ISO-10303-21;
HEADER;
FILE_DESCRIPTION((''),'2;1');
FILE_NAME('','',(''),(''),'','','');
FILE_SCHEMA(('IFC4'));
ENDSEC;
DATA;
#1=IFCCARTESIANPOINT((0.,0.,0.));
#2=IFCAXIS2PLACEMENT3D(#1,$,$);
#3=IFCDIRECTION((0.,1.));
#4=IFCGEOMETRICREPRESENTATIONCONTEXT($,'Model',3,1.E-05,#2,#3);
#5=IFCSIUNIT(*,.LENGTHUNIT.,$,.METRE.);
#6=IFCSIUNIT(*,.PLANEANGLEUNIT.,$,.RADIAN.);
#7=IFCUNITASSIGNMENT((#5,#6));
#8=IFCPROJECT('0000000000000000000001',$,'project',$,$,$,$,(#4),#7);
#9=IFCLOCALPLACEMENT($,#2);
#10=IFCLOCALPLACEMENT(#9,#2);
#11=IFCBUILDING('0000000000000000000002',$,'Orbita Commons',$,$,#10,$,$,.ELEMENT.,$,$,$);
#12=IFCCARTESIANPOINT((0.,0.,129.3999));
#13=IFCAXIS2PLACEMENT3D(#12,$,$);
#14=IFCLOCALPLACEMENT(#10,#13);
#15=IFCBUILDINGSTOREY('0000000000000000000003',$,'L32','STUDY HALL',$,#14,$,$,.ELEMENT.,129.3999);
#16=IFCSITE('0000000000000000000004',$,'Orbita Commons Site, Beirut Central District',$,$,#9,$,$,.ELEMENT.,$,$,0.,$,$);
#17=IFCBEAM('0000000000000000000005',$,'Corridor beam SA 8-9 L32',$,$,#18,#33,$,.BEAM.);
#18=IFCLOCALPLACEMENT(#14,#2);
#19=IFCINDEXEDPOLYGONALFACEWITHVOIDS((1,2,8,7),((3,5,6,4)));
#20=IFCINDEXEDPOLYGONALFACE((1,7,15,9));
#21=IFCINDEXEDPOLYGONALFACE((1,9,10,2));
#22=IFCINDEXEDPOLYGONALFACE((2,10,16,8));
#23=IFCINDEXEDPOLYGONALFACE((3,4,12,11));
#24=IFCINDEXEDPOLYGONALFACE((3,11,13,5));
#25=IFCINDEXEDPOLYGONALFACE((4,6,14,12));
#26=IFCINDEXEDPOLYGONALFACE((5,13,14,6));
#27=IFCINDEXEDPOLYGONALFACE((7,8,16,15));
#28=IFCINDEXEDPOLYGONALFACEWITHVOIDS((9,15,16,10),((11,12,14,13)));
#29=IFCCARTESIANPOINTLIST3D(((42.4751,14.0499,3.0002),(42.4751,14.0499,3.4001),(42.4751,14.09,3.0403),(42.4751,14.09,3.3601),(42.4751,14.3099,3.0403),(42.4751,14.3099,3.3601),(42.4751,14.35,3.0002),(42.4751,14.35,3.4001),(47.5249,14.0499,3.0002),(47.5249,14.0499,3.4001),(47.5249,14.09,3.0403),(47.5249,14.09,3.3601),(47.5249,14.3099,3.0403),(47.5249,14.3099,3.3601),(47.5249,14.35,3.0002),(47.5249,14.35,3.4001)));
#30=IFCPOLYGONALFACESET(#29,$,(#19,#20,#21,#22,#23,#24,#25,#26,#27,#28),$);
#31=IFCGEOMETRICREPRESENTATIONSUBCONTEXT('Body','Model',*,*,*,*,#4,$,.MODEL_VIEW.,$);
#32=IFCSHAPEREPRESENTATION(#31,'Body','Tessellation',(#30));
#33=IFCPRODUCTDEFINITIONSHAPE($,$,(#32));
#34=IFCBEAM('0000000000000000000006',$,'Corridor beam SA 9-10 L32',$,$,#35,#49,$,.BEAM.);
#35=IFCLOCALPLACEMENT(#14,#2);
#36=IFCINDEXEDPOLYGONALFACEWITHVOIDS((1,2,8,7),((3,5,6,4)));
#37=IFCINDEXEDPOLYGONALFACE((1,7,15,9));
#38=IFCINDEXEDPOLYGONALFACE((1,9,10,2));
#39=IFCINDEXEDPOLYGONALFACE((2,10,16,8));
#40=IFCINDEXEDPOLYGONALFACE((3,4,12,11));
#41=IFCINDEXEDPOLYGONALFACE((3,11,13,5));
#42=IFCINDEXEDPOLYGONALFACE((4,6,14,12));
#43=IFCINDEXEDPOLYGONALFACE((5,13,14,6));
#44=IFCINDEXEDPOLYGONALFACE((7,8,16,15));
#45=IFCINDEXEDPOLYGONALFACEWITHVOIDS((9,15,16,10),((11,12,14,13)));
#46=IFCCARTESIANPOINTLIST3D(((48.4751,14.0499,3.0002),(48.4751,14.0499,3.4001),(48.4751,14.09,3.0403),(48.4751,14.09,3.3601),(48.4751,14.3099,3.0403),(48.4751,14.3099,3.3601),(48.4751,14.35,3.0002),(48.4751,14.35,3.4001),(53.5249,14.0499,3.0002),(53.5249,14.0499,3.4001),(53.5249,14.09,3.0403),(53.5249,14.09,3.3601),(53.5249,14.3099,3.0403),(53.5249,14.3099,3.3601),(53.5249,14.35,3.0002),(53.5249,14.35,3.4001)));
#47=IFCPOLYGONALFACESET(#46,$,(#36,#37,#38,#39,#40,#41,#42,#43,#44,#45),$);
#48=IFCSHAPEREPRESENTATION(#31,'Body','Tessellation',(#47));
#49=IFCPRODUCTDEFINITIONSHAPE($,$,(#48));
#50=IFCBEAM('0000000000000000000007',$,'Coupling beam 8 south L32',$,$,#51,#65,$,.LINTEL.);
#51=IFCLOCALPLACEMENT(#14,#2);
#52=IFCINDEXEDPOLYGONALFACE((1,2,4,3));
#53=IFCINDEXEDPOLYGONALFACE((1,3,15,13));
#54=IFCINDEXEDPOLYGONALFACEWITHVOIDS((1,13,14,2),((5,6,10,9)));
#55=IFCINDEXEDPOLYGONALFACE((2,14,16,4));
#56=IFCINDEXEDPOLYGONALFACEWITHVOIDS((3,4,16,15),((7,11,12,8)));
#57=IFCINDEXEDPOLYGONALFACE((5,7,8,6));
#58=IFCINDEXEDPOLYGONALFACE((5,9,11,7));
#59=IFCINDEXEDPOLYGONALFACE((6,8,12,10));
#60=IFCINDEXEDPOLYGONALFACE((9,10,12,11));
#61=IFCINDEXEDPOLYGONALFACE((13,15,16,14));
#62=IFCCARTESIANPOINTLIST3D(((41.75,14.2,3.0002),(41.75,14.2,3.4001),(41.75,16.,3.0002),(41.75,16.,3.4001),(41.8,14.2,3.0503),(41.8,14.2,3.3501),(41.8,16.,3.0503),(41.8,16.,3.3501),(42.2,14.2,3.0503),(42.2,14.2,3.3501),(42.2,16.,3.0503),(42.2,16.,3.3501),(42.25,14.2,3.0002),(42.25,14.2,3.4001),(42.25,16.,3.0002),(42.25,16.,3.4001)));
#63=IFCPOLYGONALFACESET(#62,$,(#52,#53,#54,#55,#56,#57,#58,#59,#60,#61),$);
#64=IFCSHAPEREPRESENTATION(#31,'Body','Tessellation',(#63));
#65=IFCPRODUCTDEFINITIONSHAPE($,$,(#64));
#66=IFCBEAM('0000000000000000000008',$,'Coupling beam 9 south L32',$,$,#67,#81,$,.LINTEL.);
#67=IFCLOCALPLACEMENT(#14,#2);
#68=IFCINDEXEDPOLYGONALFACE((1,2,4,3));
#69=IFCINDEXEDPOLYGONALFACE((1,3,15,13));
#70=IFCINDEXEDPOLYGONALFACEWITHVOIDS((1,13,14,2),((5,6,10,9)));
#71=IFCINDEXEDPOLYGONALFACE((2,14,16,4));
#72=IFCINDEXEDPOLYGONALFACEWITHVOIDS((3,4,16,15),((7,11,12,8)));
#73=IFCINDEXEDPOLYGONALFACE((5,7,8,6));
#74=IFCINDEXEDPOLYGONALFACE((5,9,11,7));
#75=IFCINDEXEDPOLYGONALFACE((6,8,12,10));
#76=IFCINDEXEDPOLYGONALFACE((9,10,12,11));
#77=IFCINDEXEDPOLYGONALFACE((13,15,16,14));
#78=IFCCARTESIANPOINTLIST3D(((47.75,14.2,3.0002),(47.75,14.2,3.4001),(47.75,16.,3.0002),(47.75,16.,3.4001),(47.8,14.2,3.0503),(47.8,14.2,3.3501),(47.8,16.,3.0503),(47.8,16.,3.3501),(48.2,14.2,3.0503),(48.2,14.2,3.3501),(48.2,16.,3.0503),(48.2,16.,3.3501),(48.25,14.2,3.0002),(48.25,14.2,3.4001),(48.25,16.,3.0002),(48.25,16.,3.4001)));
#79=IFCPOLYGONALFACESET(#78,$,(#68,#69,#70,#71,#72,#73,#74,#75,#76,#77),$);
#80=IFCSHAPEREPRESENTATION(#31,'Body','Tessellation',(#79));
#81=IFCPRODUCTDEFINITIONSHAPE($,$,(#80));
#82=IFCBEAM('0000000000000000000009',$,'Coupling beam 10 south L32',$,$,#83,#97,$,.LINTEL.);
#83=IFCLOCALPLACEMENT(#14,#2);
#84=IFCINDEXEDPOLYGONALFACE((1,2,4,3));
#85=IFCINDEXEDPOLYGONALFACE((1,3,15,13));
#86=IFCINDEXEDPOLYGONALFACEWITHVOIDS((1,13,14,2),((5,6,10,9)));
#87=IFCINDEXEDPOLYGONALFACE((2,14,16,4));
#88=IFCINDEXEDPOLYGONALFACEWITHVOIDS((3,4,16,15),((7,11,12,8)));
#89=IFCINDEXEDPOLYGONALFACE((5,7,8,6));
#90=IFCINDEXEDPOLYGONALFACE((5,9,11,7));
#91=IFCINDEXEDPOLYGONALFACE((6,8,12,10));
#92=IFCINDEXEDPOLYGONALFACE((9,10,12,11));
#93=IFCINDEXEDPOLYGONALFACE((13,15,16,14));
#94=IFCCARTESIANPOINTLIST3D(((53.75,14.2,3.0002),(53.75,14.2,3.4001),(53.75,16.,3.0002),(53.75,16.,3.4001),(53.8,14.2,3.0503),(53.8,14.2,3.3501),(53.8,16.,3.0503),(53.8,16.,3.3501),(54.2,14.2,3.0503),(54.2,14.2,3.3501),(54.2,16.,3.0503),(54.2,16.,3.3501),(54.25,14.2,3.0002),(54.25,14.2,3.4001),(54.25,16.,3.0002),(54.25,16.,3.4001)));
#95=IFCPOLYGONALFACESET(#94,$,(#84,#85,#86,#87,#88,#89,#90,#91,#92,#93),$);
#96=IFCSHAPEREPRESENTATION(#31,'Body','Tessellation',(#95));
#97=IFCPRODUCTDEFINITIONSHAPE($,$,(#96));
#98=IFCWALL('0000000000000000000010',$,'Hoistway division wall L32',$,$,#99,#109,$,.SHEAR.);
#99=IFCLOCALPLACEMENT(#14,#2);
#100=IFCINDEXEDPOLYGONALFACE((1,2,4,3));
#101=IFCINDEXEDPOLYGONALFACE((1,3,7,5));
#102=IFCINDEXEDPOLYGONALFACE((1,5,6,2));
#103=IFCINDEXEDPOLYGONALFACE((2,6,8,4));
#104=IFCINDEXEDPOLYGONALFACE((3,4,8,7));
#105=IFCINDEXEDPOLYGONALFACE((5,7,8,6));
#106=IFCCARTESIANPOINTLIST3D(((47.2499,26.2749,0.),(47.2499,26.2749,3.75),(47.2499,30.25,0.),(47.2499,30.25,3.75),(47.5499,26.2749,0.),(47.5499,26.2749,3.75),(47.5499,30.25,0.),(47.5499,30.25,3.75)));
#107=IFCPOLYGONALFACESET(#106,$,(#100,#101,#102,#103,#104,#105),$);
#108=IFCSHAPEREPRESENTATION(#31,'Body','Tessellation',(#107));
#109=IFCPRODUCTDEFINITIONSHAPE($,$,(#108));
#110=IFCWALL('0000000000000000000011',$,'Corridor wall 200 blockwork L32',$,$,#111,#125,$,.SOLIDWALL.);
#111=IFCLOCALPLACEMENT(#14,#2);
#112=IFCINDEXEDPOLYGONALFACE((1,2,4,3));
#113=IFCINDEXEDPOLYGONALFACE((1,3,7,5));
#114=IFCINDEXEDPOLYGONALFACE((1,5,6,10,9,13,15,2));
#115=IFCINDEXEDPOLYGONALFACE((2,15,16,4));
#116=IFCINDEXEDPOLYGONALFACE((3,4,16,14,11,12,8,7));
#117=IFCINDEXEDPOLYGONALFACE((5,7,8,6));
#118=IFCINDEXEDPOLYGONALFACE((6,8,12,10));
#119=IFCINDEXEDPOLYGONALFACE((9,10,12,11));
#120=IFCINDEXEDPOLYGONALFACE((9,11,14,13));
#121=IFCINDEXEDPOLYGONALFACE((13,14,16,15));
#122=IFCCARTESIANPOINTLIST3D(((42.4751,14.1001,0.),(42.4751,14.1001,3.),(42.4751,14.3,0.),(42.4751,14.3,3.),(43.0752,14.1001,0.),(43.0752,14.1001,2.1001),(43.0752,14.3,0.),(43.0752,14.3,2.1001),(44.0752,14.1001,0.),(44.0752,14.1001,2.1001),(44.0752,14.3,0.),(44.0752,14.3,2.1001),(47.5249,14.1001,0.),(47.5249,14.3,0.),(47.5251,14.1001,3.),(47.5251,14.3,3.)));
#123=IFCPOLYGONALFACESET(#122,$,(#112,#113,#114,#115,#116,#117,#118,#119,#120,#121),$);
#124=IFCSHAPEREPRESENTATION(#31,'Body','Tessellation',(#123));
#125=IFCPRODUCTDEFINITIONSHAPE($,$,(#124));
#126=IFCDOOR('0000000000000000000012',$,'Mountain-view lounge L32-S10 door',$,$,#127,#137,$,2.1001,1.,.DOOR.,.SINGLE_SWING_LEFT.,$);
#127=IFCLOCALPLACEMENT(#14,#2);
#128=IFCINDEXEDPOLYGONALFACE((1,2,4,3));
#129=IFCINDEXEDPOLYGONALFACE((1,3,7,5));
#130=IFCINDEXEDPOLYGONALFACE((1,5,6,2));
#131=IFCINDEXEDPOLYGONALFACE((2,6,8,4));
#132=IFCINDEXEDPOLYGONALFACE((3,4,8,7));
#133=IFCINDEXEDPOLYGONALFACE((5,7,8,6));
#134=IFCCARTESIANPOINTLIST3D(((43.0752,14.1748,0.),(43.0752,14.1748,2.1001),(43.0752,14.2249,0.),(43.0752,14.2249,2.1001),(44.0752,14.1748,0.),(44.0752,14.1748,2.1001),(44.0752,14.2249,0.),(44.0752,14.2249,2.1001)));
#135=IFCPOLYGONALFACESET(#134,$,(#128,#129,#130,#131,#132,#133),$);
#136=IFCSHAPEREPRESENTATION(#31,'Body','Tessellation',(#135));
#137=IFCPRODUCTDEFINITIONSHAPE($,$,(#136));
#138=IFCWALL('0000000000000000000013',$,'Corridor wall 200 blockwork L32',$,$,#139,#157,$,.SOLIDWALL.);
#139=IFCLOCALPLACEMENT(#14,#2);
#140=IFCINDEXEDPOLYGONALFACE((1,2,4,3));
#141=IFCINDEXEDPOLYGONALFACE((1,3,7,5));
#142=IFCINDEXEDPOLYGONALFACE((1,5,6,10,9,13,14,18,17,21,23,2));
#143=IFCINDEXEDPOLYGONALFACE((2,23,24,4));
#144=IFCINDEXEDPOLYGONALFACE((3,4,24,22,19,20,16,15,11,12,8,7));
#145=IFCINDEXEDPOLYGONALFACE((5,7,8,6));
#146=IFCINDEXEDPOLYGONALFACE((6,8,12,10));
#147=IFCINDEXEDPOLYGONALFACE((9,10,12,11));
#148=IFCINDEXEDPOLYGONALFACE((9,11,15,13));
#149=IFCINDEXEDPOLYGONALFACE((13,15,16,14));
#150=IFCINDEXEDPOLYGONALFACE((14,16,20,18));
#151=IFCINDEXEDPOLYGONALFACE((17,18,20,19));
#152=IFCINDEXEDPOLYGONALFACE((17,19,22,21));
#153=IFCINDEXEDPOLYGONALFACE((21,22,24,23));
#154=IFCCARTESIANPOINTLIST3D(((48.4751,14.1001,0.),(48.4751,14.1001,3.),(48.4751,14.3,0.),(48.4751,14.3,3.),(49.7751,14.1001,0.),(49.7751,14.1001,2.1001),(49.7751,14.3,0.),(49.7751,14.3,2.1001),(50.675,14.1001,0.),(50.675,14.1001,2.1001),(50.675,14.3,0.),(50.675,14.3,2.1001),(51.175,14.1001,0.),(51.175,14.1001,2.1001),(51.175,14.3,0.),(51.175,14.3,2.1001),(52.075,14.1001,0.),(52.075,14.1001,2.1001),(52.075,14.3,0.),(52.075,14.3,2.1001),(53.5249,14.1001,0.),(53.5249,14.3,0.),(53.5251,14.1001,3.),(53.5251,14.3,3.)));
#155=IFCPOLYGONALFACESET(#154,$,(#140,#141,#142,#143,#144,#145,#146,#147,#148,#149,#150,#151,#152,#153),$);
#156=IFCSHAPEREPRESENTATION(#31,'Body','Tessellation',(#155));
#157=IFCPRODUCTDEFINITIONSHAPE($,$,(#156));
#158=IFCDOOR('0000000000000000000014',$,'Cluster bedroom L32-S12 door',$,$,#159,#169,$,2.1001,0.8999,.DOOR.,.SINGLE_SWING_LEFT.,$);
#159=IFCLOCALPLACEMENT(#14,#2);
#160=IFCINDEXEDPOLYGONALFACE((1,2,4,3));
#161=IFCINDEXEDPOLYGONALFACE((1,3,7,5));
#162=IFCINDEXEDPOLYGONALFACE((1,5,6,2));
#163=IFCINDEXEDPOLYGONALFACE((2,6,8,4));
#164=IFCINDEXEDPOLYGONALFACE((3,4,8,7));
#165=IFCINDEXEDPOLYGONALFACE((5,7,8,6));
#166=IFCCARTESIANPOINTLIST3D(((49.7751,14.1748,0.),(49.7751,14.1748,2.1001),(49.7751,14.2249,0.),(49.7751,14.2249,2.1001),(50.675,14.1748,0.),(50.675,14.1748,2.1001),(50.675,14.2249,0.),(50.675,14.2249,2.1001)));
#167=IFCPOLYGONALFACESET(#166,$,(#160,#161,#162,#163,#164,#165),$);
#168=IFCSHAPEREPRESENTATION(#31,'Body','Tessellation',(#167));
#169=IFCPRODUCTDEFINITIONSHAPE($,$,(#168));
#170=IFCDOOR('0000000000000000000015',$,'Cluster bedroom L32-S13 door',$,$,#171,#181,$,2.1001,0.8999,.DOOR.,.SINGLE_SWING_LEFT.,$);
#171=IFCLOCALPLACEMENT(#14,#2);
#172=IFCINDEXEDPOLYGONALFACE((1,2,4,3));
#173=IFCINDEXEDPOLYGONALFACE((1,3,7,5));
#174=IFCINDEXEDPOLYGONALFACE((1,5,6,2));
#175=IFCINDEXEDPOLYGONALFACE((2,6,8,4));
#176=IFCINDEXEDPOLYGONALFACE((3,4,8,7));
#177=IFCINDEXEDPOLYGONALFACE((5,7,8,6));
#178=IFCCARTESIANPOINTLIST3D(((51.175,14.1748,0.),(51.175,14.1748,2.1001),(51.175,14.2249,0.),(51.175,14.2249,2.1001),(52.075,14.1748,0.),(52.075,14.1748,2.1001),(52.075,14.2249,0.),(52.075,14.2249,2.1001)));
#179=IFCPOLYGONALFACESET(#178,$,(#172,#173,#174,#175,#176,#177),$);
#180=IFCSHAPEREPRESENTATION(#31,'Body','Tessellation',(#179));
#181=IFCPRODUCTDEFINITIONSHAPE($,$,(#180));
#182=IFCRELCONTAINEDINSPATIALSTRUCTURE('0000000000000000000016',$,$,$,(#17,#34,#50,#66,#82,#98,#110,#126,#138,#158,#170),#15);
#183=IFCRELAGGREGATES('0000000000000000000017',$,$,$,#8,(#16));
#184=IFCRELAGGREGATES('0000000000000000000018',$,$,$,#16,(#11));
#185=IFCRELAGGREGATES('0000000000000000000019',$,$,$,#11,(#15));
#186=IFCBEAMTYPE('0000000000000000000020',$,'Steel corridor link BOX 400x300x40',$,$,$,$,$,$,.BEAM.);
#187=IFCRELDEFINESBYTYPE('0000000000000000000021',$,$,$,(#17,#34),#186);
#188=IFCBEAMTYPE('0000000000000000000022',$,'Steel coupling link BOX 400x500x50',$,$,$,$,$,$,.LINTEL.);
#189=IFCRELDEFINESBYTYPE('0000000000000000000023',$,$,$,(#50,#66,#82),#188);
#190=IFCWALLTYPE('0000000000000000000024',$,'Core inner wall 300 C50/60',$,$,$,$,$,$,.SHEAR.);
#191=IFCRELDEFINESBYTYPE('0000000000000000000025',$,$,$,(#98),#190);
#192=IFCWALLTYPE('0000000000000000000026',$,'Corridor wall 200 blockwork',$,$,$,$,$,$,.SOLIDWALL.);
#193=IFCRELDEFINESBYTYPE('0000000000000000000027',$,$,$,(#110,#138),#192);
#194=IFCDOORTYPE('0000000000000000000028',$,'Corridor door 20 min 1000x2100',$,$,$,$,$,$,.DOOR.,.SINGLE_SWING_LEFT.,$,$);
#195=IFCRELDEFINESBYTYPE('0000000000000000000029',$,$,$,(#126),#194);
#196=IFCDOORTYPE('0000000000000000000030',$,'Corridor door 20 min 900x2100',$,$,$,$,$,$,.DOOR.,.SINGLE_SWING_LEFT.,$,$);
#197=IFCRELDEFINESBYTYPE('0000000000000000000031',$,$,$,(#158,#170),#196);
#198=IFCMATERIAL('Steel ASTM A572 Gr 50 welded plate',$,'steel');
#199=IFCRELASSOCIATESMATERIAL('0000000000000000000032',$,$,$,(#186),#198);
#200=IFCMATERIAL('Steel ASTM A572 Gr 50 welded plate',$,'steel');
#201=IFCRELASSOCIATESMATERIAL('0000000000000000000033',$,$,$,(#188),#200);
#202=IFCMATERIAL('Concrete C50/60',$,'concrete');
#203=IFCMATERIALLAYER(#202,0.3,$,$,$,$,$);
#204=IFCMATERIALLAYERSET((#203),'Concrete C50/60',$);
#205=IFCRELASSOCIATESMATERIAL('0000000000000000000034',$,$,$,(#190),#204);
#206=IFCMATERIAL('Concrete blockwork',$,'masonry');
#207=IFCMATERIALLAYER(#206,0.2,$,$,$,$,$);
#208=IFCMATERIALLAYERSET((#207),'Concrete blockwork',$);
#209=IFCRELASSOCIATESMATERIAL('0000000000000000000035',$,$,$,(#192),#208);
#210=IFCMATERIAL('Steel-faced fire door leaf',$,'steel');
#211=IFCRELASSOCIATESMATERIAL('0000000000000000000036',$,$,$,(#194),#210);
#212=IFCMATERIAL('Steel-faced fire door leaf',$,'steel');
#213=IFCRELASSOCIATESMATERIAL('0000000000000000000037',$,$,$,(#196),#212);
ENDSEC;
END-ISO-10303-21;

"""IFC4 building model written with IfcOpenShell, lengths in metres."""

from ifc_helpers import new_model, si_unit, direction, frame, frame_2d, origin, origin_2d, place, context, subcontext, project, spatial, polyline, rectangle, hollow_rectangle, outline, extrude, material, layer, layer_set, material_profile, profile_set, type_object, element, fill, save


model = new_model("IFC4")

# Units and contexts
model_context = context("Model", 3, precision=1e-05, world=origin(), true_north=direction((0.0, 1.0)))
body_context = subcontext(model_context, "Body", "Model", "MODEL_VIEW")
ifc_project = project(units=[si_unit("LENGTHUNIT", "METRE"), si_unit("PLANEANGLEUNIT", "RADIAN")], contexts=[model_context])

# Site, building, storey
site_placement = place(None, origin())
site = spatial("IfcSite", under=ifc_project, at=site_placement, Name="Orbita Commons Site, Beirut Central District", CompositionType="ELEMENT", RefElevation=0.0)
building_placement = place(site_placement, origin())
building = spatial("IfcBuilding", under=site, at=building_placement, Name="Orbita Commons", CompositionType="ELEMENT")
storey_placement = place(building_placement, frame((0.0, 0.0, 129.3999)))
storey = spatial("IfcBuildingStorey", under=building, at=storey_placement, Name="L32", Description="STUDY HALL", CompositionType="ELEMENT", Elevation=129.3999)

# Beams
ifc_material_1 = material(Name="Steel ASTM A572 Gr 50 welded plate", Category="steel")
ifc_material_profile_1 = material_profile(ifc_material_1, hollow_rectangle(XDim=0.3, YDim=0.3999, WallThickness=0.04, at=origin_2d()), Name="BOX 400x300x40")
ifc_profile_set_1 = profile_set([ifc_material_profile_1], Name="Steel ASTM A572 Gr 50 welded plate")
beam_type_1 = type_object("IfcBeamType", Name="Steel corridor link BOX 400x300x40", PredefinedType="BEAM", material=ifc_profile_set_1)
for number, where, z_axis, x_axis, name in (
    (1, (42.4751, 14.2, 3.2002), (1.0, 0.0, 0.0), (0.0, 1.0, 0.0), "Corridor beam SA 8-9 L32"),
    (2, (48.4751, 14.2, 3.2002), (1.0, 0.0, 0.0), (0.0, 1.0, 0.0), "Corridor beam SA 9-10 L32"),
):
    element("IfcBeam", number, at=place(storey_placement, frame(where, z_axis=z_axis, x_axis=x_axis)), inside=storey, type_object=beam_type_1, Name=name, PredefinedType="BEAM", context=body_context, shape_type="SweptSolid", body=[
        extrude(hollow_rectangle(XDim=0.3, YDim=0.3999, WallThickness=0.04, at=origin_2d()), origin(), (0.0, 0.0, 1.0), 5.0498),
    ])
ifc_material_2 = material(Name="Steel ASTM A572 Gr 50 welded plate", Category="steel")
ifc_material_profile_2 = material_profile(ifc_material_2, hollow_rectangle(XDim=0.5, YDim=0.3999, WallThickness=0.05, at=origin_2d()), Name="BOX 400x500x50")
ifc_profile_set_2 = profile_set([ifc_material_profile_2], Name="Steel ASTM A572 Gr 50 welded plate")
beam_type_2 = type_object("IfcBeamType", Name="Steel coupling link BOX 400x500x50", PredefinedType="LINTEL", material=ifc_profile_set_2)
for number, where, z_axis, x_axis, name in (
    (3, (42.0, 14.2, 3.2002), (0.0, 1.0, 0.0), (-1.0, 0.0, 0.0), "Coupling beam 8 south L32"),
    (4, (48.0, 14.2, 3.2002), (0.0, 1.0, 0.0), (-1.0, 0.0, 0.0), "Coupling beam 9 south L32"),
    (5, (54.0, 14.2, 3.2002), (0.0, 1.0, 0.0), (-1.0, 0.0, 0.0), "Coupling beam 10 south L32"),
):
    element("IfcBeam", number, at=place(storey_placement, frame(where, z_axis=z_axis, x_axis=x_axis)), inside=storey, type_object=beam_type_2, Name=name, PredefinedType="LINTEL", context=body_context, shape_type="SweptSolid", body=[
        extrude(hollow_rectangle(XDim=0.5, YDim=0.3999, WallThickness=0.05, at=origin_2d()), origin(), (0.0, 0.0, 1.0), 1.8),
    ])

# Wall
ifc_material_3 = material(Name="Concrete C50/60", Category="concrete")
ifc_layer_1 = layer(ifc_material_3, 0.3)
ifc_layer_set_1 = layer_set([ifc_layer_1], Name="Concrete C50/60")
wall_type_1 = type_object("IfcWallType", Name="Core inner wall 300 C50/60", PredefinedType="SHEAR", material=ifc_layer_set_1)
wall_1_placement = place(storey_placement, frame((47.3999, 26.2749, 0.0), z_axis=(0.0, 0.0, 1.0), x_axis=(0.0, 1.0, 0.0)))
element("IfcWall", 6, at=wall_1_placement, inside=storey, type_object=wall_type_1, Name="Hoistway division wall L32", PredefinedType="SHEAR", context=body_context, shape_type="SweptSolid", body=[
    extrude(rectangle(XDim=3.9751, YDim=0.3, at=frame_2d((1.9875, 0.0))), origin(), (0.0, 0.0, 1.0), 3.75),
])

# Wall, opening, door
ifc_material_4 = material(Name="Concrete blockwork", Category="masonry")
ifc_layer_2 = layer(ifc_material_4, 0.2)
ifc_layer_set_2 = layer_set([ifc_layer_2], Name="Concrete blockwork")
wall_type_2 = type_object("IfcWallType", Name="Corridor wall 200 blockwork", PredefinedType="SOLIDWALL", material=ifc_layer_set_2)
wall_2_placement = place(storey_placement, frame((42.4751, 14.2, 0.0), z_axis=(0.0, 0.0, 1.0), x_axis=(1.0, 0.0, 0.0)))
wall_2 = element("IfcWall", 7, at=wall_2_placement, inside=storey, type_object=wall_type_2, Name="Corridor wall 200 blockwork L32", PredefinedType="SOLIDWALL", context=body_context, shape_type="SweptSolid", body=[
    extrude(outline(polyline([(0.0, 0.0), (5.0498, 0.0), (5.05, 3.0), (0.0, 3.0), (0.0, 0.0)])), frame((0.0, 0.1001, 0.0), z_axis=(0.0, -1.0, 0.0), x_axis=(1.0, 0.0, 0.0)), (0.0, 0.0, 1.0), 0.2),
])
opening_1_placement = place(wall_2_placement, frame((0.6001, 0.0, 0.0)))
opening_1 = element("IfcOpeningElement", 8, at=opening_1_placement, cuts=wall_2, PredefinedType="OPENING", context=body_context, shape_type="SweptSolid", body=[
    extrude(rectangle(XDim=1.0, YDim=2.1001, at=frame_2d((0.5, 1.05))), frame((0.0, 0.1099, 0.0), z_axis=(0.0, -1.0, 0.0), x_axis=(1.0, 0.0, 0.0)), (0.0, 0.0, 1.0), 0.22),
])
ifc_material_5 = material(Name="Steel-faced fire door leaf", Category="steel")
door_type_1 = type_object("IfcDoorType", Name="Corridor door 20 min 1000x2100", OperationType="SINGLE_SWING_LEFT", PredefinedType="DOOR", material=ifc_material_5)
door_1_placement = place(opening_1_placement, origin())
door_1 = element("IfcDoor", 9, at=door_1_placement, inside=storey, type_object=door_type_1, Name="Mountain-view lounge L32-S10 door", OperationType="SINGLE_SWING_LEFT", OverallHeight=2.1001, OverallWidth=1.0, PredefinedType="DOOR", context=body_context, shape_type="SweptSolid", body=[
    extrude(rectangle(XDim=1.0, YDim=2.1001, at=frame_2d((0.5, 1.05))), frame((0.0, 0.0249, 0.0), z_axis=(0.0, -1.0, 0.0), x_axis=(1.0, 0.0, 0.0)), (0.0, 0.0, 1.0), 0.05),
])
fill(opening_1, door_1)

# Wall, openings, doors
wall_3_placement = place(storey_placement, frame((48.4751, 14.2, 0.0), z_axis=(0.0, 0.0, 1.0), x_axis=(1.0, 0.0, 0.0)))
wall_3 = element("IfcWall", 10, at=wall_3_placement, inside=storey, type_object=wall_type_2, Name="Corridor wall 200 blockwork L32", PredefinedType="SOLIDWALL", context=body_context, shape_type="SweptSolid", body=[
    extrude(outline(polyline([(0.0, 0.0), (5.0498, 0.0), (5.05, 3.0), (0.0, 3.0), (0.0, 0.0)])), frame((0.0, 0.1001, 0.0), z_axis=(0.0, -1.0, 0.0), x_axis=(1.0, 0.0, 0.0)), (0.0, 0.0, 1.0), 0.2),
])
opening_2_placement = place(wall_3_placement, frame((1.3, 0.0, 0.0)))
opening_2 = element("IfcOpeningElement", 11, at=opening_2_placement, cuts=wall_3, PredefinedType="OPENING", context=body_context, shape_type="SweptSolid", body=[
    extrude(rectangle(XDim=0.8999, YDim=2.1001, at=frame_2d((0.45, 1.05))), frame((0.0, 0.1099, 0.0), z_axis=(0.0, -1.0, 0.0), x_axis=(1.0, 0.0, 0.0)), (0.0, 0.0, 1.0), 0.22),
])
opening_3_placement = place(wall_3_placement, frame((2.7, 0.0, 0.0)))
opening_3 = element("IfcOpeningElement", 12, at=opening_3_placement, cuts=wall_3, PredefinedType="OPENING", context=body_context, shape_type="SweptSolid", body=[
    extrude(rectangle(XDim=0.8999, YDim=2.1001, at=frame_2d((0.45, 1.05))), frame((0.0, 0.1099, 0.0), z_axis=(0.0, -1.0, 0.0), x_axis=(1.0, 0.0, 0.0)), (0.0, 0.0, 1.0), 0.22),
])
ifc_material_6 = material(Name="Steel-faced fire door leaf", Category="steel")
door_type_2 = type_object("IfcDoorType", Name="Corridor door 20 min 900x2100", OperationType="SINGLE_SWING_LEFT", PredefinedType="DOOR", material=ifc_material_6)
door_2_placement = place(opening_2_placement, origin())
door_2 = element("IfcDoor", 13, at=door_2_placement, inside=storey, type_object=door_type_2, Name="Cluster bedroom L32-S12 door", OperationType="SINGLE_SWING_LEFT", OverallHeight=2.1001, OverallWidth=0.8999, PredefinedType="DOOR", context=body_context, shape_type="SweptSolid", body=[
    extrude(rectangle(XDim=0.8999, YDim=2.1001, at=frame_2d((0.45, 1.05))), frame((0.0, 0.0249, 0.0), z_axis=(0.0, -1.0, 0.0), x_axis=(1.0, 0.0, 0.0)), (0.0, 0.0, 1.0), 0.05),
])
fill(opening_2, door_2)
door_3_placement = place(opening_3_placement, origin())
door_3 = element("IfcDoor", 14, at=door_3_placement, inside=storey, type_object=door_type_2, Name="Cluster bedroom L32-S13 door", OperationType="SINGLE_SWING_LEFT", OverallHeight=2.1001, OverallWidth=0.8999, PredefinedType="DOOR", context=body_context, shape_type="SweptSolid", body=[
    extrude(rectangle(XDim=0.8999, YDim=2.1001, at=frame_2d((0.45, 1.05))), frame((0.0, 0.0249, 0.0), z_axis=(0.0, -1.0, 0.0), x_axis=(1.0, 0.0, 0.0)), (0.0, 0.0, 1.0), 0.05),
])
fill(opening_3, door_3)

save(model, "model.ifc")
